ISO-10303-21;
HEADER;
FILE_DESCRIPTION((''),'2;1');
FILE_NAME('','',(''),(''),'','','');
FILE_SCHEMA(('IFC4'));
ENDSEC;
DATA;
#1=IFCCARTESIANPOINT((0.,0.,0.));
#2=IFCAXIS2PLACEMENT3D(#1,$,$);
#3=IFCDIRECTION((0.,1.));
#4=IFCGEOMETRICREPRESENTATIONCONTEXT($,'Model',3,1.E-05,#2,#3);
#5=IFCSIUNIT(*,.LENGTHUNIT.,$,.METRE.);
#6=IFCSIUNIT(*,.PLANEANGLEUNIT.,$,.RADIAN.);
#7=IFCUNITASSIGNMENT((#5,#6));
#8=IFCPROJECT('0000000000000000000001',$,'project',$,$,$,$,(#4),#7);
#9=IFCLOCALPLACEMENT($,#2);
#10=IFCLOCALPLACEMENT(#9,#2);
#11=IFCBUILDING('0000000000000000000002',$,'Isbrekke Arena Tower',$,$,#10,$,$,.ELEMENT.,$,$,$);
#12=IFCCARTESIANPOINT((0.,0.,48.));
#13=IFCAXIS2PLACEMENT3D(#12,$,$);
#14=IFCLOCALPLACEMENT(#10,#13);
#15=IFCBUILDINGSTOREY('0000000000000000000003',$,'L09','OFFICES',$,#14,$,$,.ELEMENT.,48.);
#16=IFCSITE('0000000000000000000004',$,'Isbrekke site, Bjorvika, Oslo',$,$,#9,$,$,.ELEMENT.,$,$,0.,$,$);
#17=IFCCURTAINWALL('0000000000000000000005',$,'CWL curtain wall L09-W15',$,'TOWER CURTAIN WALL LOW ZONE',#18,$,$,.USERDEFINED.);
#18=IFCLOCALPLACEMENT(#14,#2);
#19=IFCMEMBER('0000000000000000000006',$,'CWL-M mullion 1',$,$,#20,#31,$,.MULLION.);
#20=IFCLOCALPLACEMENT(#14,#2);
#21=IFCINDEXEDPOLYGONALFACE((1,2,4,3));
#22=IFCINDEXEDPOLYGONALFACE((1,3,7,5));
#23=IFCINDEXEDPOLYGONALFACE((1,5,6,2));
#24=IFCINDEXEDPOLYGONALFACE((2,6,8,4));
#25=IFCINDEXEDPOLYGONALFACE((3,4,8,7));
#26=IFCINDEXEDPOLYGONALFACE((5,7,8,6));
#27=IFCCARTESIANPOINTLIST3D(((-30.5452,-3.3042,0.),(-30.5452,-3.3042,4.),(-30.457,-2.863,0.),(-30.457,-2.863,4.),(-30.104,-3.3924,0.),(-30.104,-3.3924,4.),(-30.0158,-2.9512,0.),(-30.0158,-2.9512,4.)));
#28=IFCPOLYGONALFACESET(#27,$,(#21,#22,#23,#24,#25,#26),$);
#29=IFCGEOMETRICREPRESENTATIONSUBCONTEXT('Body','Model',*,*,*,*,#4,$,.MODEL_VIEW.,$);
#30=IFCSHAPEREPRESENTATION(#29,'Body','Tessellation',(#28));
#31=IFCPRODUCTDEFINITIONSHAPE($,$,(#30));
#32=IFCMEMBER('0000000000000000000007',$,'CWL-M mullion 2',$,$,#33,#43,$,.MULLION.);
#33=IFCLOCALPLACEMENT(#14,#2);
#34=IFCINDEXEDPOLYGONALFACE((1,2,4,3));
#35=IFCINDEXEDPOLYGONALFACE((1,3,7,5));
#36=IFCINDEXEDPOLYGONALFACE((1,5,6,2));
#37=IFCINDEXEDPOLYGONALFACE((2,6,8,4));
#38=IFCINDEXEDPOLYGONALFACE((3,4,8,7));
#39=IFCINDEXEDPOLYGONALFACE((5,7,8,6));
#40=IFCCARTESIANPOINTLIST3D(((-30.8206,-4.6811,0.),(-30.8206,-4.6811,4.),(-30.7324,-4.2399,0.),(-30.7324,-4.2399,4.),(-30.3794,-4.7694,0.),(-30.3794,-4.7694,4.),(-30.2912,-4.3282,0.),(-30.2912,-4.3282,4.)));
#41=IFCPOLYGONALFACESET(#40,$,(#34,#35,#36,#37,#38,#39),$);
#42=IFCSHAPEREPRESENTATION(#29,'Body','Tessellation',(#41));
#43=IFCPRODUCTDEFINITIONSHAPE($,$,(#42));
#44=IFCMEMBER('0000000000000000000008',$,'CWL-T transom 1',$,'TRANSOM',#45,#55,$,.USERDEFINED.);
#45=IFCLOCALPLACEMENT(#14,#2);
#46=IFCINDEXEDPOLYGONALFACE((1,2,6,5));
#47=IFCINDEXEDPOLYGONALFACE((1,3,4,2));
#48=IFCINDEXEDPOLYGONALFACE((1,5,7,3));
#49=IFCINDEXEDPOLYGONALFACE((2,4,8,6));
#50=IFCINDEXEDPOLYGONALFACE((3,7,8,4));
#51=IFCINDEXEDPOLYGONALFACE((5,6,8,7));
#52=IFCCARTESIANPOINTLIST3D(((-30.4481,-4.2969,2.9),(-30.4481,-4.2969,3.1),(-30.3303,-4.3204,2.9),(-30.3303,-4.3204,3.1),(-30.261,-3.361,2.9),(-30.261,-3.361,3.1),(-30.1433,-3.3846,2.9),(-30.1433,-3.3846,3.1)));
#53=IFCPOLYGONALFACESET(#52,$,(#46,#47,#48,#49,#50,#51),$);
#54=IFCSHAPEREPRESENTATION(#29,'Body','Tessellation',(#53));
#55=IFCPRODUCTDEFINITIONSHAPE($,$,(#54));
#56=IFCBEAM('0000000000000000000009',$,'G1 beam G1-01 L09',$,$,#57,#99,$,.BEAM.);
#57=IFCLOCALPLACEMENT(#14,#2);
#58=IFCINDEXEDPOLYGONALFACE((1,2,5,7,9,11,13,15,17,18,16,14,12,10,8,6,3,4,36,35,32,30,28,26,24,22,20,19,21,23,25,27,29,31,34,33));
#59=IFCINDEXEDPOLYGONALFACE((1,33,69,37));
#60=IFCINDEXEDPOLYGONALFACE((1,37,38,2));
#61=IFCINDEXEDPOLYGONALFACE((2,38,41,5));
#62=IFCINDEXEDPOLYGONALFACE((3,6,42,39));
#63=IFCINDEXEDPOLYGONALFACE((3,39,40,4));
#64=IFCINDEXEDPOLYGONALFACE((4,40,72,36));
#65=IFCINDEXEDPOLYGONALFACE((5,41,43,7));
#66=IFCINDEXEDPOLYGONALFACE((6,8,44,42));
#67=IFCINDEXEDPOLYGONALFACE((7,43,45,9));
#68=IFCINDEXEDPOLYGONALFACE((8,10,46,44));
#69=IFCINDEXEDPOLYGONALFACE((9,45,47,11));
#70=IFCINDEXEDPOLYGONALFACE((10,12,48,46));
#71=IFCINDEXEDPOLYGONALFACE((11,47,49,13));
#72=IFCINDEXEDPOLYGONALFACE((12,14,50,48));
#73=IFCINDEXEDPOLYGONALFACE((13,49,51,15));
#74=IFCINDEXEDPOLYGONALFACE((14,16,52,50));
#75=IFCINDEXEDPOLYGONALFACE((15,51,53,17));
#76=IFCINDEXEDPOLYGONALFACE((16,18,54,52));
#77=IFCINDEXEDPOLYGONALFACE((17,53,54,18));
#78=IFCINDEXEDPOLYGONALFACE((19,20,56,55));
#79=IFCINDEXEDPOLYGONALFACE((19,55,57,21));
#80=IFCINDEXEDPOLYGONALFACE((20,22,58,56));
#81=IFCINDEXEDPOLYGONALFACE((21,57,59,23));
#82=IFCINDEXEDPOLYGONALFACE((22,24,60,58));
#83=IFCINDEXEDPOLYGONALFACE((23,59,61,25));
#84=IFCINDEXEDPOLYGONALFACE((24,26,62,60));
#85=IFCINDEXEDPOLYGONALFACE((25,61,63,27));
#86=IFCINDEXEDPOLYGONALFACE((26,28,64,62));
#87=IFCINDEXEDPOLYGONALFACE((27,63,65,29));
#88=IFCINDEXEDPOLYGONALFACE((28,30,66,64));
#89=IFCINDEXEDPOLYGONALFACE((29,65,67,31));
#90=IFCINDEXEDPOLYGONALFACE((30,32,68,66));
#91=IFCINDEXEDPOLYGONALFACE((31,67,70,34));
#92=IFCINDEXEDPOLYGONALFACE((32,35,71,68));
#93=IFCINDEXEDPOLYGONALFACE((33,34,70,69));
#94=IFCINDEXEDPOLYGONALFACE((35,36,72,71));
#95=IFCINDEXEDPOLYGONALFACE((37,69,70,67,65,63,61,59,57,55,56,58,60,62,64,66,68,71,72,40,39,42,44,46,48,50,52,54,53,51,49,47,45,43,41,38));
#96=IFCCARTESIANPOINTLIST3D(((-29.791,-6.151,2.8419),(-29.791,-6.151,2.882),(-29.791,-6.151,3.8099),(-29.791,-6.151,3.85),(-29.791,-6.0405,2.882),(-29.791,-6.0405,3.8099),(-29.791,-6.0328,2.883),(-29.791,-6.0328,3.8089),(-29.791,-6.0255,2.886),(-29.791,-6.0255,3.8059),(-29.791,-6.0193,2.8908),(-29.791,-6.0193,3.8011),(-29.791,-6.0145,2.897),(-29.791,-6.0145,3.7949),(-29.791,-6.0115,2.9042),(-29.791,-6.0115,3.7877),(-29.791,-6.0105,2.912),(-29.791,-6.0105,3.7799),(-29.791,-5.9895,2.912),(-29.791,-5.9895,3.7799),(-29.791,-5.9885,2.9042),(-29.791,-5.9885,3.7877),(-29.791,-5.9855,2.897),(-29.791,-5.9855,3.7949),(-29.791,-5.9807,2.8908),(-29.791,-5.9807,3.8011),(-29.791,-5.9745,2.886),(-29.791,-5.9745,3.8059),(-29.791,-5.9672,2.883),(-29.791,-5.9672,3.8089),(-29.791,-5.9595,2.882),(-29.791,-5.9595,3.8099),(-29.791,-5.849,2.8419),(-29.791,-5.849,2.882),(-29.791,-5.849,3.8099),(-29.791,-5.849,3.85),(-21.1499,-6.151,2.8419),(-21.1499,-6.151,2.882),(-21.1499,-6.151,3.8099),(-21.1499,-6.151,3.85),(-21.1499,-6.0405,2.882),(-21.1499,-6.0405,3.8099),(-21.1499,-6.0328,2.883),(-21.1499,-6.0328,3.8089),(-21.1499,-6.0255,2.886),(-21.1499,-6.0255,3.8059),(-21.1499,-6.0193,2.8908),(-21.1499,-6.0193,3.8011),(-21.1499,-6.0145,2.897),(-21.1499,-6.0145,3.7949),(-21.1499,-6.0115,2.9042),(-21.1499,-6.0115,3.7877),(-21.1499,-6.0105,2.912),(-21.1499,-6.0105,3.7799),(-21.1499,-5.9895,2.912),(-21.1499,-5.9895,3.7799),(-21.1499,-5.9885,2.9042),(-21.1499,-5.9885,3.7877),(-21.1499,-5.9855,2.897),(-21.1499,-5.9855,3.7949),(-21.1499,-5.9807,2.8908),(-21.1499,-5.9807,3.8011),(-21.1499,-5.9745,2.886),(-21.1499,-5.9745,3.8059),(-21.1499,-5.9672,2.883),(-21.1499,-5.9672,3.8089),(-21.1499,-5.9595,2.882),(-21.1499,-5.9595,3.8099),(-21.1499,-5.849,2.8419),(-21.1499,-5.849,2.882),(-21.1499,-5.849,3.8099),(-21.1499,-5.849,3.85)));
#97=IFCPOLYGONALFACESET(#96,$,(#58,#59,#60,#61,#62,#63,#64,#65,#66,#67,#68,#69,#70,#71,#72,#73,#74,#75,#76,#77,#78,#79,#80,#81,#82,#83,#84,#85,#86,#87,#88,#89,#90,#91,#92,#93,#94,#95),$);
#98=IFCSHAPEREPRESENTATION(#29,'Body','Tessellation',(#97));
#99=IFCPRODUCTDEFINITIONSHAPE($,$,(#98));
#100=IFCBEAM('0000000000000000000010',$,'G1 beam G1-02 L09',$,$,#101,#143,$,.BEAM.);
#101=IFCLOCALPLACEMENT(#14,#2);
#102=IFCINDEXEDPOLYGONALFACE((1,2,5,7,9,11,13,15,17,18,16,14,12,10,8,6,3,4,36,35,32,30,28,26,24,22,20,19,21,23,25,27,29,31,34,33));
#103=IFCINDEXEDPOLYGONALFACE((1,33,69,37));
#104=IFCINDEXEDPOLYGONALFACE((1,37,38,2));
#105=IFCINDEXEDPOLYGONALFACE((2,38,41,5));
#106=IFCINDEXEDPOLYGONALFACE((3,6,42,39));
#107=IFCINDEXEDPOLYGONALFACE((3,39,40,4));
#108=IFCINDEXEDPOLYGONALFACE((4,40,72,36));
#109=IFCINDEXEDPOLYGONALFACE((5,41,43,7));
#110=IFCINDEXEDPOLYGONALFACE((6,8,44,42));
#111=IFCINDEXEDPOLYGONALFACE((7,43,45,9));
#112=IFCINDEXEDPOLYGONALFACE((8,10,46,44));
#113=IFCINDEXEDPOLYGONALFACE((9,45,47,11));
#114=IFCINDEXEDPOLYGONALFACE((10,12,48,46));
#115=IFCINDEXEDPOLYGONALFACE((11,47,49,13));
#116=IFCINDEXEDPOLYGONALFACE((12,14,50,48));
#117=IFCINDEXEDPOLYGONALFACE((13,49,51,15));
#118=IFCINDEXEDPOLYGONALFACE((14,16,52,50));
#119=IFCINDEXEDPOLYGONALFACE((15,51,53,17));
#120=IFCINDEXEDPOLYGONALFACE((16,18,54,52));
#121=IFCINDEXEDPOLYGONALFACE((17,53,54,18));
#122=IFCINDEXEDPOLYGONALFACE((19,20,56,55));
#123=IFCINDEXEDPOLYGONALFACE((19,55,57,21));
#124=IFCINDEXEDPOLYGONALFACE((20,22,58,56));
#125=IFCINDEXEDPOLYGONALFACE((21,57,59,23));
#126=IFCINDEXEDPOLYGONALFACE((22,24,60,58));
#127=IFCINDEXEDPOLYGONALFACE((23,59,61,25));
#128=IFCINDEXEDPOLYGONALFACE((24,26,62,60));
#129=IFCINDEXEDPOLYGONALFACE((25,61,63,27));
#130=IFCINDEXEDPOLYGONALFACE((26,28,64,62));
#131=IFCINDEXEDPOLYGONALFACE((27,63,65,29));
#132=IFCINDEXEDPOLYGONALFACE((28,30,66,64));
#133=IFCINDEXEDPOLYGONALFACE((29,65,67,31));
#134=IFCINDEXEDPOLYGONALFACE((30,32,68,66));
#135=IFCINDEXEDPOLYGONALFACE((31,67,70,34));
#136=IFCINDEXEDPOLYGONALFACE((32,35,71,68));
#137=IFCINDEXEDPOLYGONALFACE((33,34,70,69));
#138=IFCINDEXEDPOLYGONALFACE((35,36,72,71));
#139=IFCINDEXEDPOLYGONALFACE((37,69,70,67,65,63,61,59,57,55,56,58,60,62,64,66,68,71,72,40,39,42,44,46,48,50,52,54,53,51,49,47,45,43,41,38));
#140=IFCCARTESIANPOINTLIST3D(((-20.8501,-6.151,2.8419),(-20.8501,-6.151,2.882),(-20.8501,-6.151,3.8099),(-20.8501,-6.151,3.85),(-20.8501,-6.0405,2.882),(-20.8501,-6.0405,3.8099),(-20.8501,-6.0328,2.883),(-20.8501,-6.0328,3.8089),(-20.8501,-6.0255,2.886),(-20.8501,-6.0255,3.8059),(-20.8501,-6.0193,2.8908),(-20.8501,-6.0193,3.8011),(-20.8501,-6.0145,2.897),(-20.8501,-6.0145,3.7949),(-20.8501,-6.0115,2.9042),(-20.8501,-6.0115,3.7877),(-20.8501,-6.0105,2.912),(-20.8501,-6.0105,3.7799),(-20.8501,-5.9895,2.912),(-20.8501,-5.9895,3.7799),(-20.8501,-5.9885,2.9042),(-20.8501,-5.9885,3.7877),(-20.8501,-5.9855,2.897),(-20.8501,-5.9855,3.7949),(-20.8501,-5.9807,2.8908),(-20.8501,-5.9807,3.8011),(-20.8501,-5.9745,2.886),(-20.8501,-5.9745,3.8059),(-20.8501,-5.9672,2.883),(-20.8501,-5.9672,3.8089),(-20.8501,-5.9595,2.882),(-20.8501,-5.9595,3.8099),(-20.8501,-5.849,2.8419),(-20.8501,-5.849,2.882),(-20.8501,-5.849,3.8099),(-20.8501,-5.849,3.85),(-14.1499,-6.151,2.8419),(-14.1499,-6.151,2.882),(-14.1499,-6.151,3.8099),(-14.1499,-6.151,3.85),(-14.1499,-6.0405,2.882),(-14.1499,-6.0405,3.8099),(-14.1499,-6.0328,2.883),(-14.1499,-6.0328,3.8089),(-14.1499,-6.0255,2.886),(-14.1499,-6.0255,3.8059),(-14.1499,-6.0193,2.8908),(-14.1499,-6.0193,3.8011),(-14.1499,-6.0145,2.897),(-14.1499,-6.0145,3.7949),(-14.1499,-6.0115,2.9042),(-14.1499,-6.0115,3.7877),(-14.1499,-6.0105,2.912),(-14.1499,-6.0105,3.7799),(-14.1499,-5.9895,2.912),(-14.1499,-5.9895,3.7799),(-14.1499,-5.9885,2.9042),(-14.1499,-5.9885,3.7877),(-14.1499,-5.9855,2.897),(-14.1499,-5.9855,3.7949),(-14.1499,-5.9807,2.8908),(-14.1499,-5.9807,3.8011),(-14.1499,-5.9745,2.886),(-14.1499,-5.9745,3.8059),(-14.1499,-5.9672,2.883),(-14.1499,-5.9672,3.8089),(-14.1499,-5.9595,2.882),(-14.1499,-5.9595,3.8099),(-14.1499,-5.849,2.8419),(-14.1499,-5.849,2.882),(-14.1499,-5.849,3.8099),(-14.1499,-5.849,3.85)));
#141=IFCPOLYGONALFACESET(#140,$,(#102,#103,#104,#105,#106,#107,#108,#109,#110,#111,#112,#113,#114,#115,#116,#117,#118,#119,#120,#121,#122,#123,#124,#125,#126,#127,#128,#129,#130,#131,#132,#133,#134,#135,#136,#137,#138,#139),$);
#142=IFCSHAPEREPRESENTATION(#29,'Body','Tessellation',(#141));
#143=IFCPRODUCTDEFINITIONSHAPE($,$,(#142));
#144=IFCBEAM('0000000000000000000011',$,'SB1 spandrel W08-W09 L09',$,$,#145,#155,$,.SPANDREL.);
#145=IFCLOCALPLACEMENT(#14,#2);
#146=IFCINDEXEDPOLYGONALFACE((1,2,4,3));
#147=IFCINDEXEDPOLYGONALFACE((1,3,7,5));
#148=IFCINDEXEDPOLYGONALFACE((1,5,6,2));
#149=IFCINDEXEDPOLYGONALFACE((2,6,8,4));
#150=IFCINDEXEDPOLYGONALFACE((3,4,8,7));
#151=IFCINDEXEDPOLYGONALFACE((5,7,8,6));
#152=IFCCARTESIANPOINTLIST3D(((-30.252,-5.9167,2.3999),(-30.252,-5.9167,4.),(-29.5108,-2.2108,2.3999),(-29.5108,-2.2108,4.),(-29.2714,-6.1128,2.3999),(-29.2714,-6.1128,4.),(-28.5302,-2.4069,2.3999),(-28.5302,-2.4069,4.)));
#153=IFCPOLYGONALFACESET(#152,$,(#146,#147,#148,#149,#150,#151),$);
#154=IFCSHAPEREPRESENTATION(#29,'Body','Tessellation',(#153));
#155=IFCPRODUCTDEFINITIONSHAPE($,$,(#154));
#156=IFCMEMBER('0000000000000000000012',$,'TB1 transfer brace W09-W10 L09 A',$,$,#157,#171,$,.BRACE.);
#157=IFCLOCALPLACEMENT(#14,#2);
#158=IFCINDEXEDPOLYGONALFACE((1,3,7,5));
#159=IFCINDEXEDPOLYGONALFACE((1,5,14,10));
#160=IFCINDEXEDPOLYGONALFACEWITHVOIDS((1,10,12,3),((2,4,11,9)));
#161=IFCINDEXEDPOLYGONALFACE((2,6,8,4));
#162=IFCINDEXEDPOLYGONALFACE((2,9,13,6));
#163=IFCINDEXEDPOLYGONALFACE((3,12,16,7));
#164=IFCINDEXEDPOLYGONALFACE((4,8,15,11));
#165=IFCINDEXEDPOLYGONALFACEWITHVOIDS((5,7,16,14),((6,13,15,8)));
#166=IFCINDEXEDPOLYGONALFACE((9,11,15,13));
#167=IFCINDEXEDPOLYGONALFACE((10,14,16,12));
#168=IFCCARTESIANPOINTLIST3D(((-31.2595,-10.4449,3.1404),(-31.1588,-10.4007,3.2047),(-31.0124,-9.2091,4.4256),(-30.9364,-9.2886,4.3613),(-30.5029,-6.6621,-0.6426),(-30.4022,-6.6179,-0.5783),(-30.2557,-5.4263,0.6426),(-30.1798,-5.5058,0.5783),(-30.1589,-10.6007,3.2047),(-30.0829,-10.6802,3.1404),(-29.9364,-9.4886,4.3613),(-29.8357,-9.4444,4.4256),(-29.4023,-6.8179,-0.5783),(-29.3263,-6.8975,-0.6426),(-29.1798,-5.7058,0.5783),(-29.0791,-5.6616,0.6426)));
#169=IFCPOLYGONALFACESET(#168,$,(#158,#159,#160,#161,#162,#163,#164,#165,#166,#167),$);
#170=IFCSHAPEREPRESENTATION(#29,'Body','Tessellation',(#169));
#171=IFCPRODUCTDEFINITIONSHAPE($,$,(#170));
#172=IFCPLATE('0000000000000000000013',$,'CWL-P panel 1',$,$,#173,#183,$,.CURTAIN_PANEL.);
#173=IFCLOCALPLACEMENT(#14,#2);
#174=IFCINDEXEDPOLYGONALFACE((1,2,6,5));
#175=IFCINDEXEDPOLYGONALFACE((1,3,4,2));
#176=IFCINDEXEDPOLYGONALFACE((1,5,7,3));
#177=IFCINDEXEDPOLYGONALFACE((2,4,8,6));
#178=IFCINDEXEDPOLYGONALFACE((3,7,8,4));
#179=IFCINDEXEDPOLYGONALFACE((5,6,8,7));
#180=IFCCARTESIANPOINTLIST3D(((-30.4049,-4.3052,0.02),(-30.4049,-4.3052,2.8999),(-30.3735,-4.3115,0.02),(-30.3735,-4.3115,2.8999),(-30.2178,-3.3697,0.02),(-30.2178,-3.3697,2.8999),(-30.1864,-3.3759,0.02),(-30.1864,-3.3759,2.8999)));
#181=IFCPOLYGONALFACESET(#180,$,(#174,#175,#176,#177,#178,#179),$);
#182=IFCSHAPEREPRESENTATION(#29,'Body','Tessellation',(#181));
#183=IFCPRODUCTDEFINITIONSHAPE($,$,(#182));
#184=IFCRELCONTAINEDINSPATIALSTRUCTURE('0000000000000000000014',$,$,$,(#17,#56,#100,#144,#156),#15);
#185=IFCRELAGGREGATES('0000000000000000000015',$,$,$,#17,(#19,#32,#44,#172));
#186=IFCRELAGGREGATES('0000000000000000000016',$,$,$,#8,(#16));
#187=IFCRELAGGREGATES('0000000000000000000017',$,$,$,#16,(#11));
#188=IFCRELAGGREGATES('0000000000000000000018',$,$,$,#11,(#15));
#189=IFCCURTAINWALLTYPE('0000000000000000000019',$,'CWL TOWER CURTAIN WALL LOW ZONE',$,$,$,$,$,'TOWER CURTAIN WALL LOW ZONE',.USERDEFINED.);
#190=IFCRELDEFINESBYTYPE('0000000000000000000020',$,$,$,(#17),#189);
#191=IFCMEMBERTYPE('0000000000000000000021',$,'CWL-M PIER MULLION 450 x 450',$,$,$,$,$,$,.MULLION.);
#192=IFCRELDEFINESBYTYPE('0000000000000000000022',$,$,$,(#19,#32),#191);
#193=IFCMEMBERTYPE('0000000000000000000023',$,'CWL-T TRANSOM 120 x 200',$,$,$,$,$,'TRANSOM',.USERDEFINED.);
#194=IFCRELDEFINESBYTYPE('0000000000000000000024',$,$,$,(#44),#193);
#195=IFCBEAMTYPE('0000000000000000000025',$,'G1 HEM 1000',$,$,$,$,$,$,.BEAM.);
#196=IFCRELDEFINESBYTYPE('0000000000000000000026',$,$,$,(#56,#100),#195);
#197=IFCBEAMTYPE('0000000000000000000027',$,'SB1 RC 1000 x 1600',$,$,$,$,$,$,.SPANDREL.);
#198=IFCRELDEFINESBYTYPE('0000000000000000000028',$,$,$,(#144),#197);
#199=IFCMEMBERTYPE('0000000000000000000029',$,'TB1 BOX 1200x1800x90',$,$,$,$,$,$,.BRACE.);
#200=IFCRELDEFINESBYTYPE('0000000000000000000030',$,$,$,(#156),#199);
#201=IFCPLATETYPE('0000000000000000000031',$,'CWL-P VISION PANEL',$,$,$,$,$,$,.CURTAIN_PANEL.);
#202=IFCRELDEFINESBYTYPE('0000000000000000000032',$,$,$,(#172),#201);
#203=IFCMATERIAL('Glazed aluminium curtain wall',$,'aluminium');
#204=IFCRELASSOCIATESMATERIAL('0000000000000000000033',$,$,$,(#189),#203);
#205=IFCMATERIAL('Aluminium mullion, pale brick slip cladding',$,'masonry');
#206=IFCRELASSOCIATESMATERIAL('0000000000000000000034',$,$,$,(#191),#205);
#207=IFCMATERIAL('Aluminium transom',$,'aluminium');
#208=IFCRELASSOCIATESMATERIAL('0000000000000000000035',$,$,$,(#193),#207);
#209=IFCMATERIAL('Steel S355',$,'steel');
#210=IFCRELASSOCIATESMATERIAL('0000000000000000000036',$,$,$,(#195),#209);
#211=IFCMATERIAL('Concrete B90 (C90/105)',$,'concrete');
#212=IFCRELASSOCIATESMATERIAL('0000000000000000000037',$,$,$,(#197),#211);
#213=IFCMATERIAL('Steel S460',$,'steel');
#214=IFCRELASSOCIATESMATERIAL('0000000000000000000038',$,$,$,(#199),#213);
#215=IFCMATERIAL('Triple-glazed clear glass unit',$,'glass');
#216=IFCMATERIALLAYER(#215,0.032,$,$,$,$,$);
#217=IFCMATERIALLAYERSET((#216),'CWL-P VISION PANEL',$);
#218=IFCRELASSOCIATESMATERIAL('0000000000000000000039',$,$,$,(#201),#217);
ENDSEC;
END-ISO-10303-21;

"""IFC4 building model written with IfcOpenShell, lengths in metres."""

from ifc_helpers import new_model, si_unit, direction, frame, origin, origin_2d, place, context, subcontext, project, spatial, rectangle, hollow_rectangle, i_section, extrude, material, layer, layer_set, material_profile, profile_set, type_object, element, aggregate, save


model = new_model("IFC4")

# Units and contexts
model_context = context("Model", 3, precision=1e-05, world=origin(), true_north=direction((0.0, 1.0)))
body_context = subcontext(model_context, "Body", "Model", "MODEL_VIEW")
ifc_project = project(units=[si_unit("LENGTHUNIT", "METRE"), si_unit("PLANEANGLEUNIT", "RADIAN")], contexts=[model_context])

# Site, building, storey
site_placement = place(None, origin())
site = spatial("IfcSite", under=ifc_project, at=site_placement, Name="Isbrekke site, Bjorvika, Oslo", CompositionType="ELEMENT", RefElevation=0.0)
building_placement = place(site_placement, origin())
building = spatial("IfcBuilding", under=site, at=building_placement, Name="Isbrekke Arena Tower", CompositionType="ELEMENT")
storey_placement = place(building_placement, frame((0.0, 0.0, 48.0)))
storey = spatial("IfcBuildingStorey", under=building, at=storey_placement, Name="L09", Description="OFFICES", CompositionType="ELEMENT", Elevation=48.0)

# Shared definitions
ifc_material_1 = material(Name="Glazed aluminium curtain wall", Category="aluminium")
curtain_wall_type = type_object("IfcCurtainWallType", Name="CWL TOWER CURTAIN WALL LOW ZONE", ElementType="TOWER CURTAIN WALL LOW ZONE", PredefinedType="USERDEFINED", material=ifc_material_1)
ifc_material_2 = material(Name="Aluminium mullion, pale brick slip cladding", Category="masonry")
ifc_material_profile_1 = material_profile(ifc_material_2, rectangle(XDim=0.45, YDim=0.45, at=origin_2d()), Name="PIER 450X450")
ifc_profile_set_1 = profile_set([ifc_material_profile_1], Name="Aluminium mullion, pale brick slip cladding")
member_type_1 = type_object("IfcMemberType", Name="CWL-M PIER MULLION 450 x 450", PredefinedType="MULLION", material=ifc_profile_set_1)

# Curtain wall, members
curtain_wall_1_placement = place(storey_placement, origin())
curtain_wall_1 = element("IfcCurtainWall", 1, at=curtain_wall_1_placement, inside=storey, type_object=curtain_wall_type, Name="CWL curtain wall L09-W15", ObjectType="TOWER CURTAIN WALL LOW ZONE", PredefinedType="USERDEFINED")
member_1_placement = place(storey_placement, frame((-30.2805, -3.1277, 0.0), z_axis=(0.0, 0.0, 1.0), x_axis=(-0.196116, -0.980581, 0.0)))
member_1 = element("IfcMember", 2, at=member_1_placement, type_object=member_type_1, Name="CWL-M mullion 1", PredefinedType="MULLION", context=body_context, shape_type="SweptSolid", body=[
    extrude(rectangle(XDim=0.45, YDim=0.45, at=origin_2d()), origin(), (0.0, 0.0, 1.0), 4.0),
])
member_2_placement = place(storey_placement, frame((-30.5559, -4.5046, 0.0), z_axis=(0.0, 0.0, 1.0), x_axis=(-0.196116, -0.980581, 0.0)))
member_2 = element("IfcMember", 3, at=member_2_placement, type_object=member_type_1, Name="CWL-M mullion 2", PredefinedType="MULLION", context=body_context, shape_type="SweptSolid", body=[
    extrude(rectangle(XDim=0.45, YDim=0.45, at=origin_2d()), origin(), (0.0, 0.0, 1.0), 4.0),
])
ifc_material_3 = material(Name="Aluminium transom", Category="aluminium")
ifc_material_profile_2 = material_profile(ifc_material_3, rectangle(XDim=0.1201, YDim=0.2, at=origin_2d()), Name="TRANSOM 120X200")
ifc_profile_set_2 = profile_set([ifc_material_profile_2], Name="Aluminium transom")
member_type_2 = type_object("IfcMemberType", Name="CWL-T TRANSOM 120 x 200", ElementType="TRANSOM", PredefinedType="USERDEFINED", material=ifc_profile_set_2)
member_3_placement = place(storey_placement, frame((-30.2021, -3.3728, 3.0), z_axis=(-0.195969, -0.98061, 0.0), x_axis=(0.98061, -0.195969, 0.0)))
member_3 = element("IfcMember", 4, at=member_3_placement, type_object=member_type_2, Name="CWL-T transom 1", ObjectType="TRANSOM", PredefinedType="USERDEFINED", context=body_context, shape_type="SweptSolid", body=[
    extrude(rectangle(XDim=0.1201, YDim=0.2, at=origin_2d()), origin(), (0.0, 0.0, 1.0), 0.9543),
])

# Beams
ifc_material_4 = material(Name="Steel S355", Category="steel")
ifc_material_profile_3 = material_profile(ifc_material_4, i_section(OverallWidth=0.302, OverallDepth=1.0081, WebThickness=0.021, FlangeThickness=0.04, FilletRadius=0.03, at=origin_2d()), Name="HEM 1000")
ifc_profile_set_3 = profile_set([ifc_material_profile_3], Name="Steel S355")
beam_type_1 = type_object("IfcBeamType", Name="G1 HEM 1000", PredefinedType="BEAM", material=ifc_profile_set_3)
beam_1_placement = place(storey_placement, frame((-29.791, -6.0, 3.3459), z_axis=(1.0, 0.0, 0.0), x_axis=(0.0, 1.0, 0.0)))
element("IfcBeam", 5, at=beam_1_placement, inside=storey, type_object=beam_type_1, Name="G1 beam G1-01 L09", PredefinedType="BEAM", context=body_context, shape_type="SweptSolid", body=[
    extrude(i_section(OverallWidth=0.302, OverallDepth=1.0081, WebThickness=0.021, FlangeThickness=0.04, FilletRadius=0.03, at=origin_2d()), origin(), (0.0, 0.0, 1.0), 8.6411),
])
beam_2_placement = place(storey_placement, frame((-20.8501, -6.0, 3.3459), z_axis=(1.0, 0.0, 0.0), x_axis=(0.0, 1.0, 0.0)))
element("IfcBeam", 6, at=beam_2_placement, inside=storey, type_object=beam_type_1, Name="G1 beam G1-02 L09", PredefinedType="BEAM", context=body_context, shape_type="SweptSolid", body=[
    extrude(i_section(OverallWidth=0.302, OverallDepth=1.0081, WebThickness=0.021, FlangeThickness=0.04, FilletRadius=0.03, at=origin_2d()), origin(), (0.0, 0.0, 1.0), 6.7002),
])
ifc_material_5 = material(Name="Concrete B90 (C90/105)", Category="concrete")
ifc_material_profile_4 = material_profile(ifc_material_5, rectangle(XDim=1.0, YDim=1.6001, at=origin_2d()), Name="RC 1000x1600")
ifc_profile_set_4 = profile_set([ifc_material_profile_4], Name="Concrete B90 (C90/105)")
beam_type_2 = type_object("IfcBeamType", Name="SB1 RC 1000 x 1600", PredefinedType="SPANDREL", material=ifc_profile_set_4)
beam_3_placement = place(storey_placement, frame((-29.0205, -2.3088, 3.2), z_axis=(-0.196129, -0.980578, 0.0), x_axis=(0.980578, -0.196129, 0.0)))
element("IfcBeam", 7, at=beam_3_placement, inside=storey, type_object=beam_type_2, Name="SB1 spandrel W08-W09 L09", PredefinedType="SPANDREL", context=body_context, shape_type="SweptSolid", body=[
    extrude(rectangle(XDim=1.0, YDim=1.6001, at=origin_2d()), origin(), (0.0, 0.0, 1.0), 3.7793),
])

# Member
ifc_material_6 = material(Name="Steel S460", Category="steel")
ifc_material_profile_5 = material_profile(ifc_material_6, hollow_rectangle(XDim=1.2, YDim=1.8, WallThickness=0.0901, at=origin_2d()), Name="BOX 1200x1800x90")
ifc_profile_set_5 = profile_set([ifc_material_profile_5], Name="Steel S460")
member_type_3 = type_object("IfcMemberType", Name="TB1 BOX 1200x1800x90", PredefinedType="BRACE", material=ifc_profile_set_5)
member_4_placement = place(storey_placement, frame((-29.791, -6.1619, 0.0), z_axis=(-0.140032, -0.700117, 0.700162), x_axis=(0.980578, -0.196128, 0.0)))
element("IfcMember", 8, at=member_4_placement, inside=storey, type_object=member_type_3, Name="TB1 transfer brace W09-W10 L09 A", PredefinedType="BRACE", context=body_context, shape_type="SweptSolid", body=[
    extrude(hollow_rectangle(XDim=1.2, YDim=1.8, WallThickness=0.0901, at=origin_2d()), origin(), (0.0, 0.0, 1.0), 5.4031),
])

# Plate
ifc_material_7 = material(Name="Triple-glazed clear glass unit", Category="glass")
ifc_layer_1 = layer(ifc_material_7, 0.032)
ifc_layer_set_1 = layer_set([ifc_layer_1], Name="CWL-P VISION PANEL")
plate_type = type_object("IfcPlateType", Name="CWL-P VISION PANEL", PredefinedType="CURTAIN_PANEL", material=ifc_layer_set_1)
plate_placement = place(storey_placement, frame((-30.2957, -3.8406, 0.02), z_axis=(0.0, 0.0, 1.0), x_axis=(-0.196116, -0.980581, 0.0)))
plate = element("IfcPlate", 9, at=plate_placement, type_object=plate_type, Name="CWL-P panel 1", PredefinedType="CURTAIN_PANEL", context=body_context, shape_type="SweptSolid", body=[
    extrude(rectangle(XDim=0.9541, YDim=0.032, at=origin_2d()), origin(), (0.0, 0.0, 1.0), 2.8799),
])
aggregate(curtain_wall_1, [member_1, member_2, member_3, plate])

save(model, "model.ifc")
